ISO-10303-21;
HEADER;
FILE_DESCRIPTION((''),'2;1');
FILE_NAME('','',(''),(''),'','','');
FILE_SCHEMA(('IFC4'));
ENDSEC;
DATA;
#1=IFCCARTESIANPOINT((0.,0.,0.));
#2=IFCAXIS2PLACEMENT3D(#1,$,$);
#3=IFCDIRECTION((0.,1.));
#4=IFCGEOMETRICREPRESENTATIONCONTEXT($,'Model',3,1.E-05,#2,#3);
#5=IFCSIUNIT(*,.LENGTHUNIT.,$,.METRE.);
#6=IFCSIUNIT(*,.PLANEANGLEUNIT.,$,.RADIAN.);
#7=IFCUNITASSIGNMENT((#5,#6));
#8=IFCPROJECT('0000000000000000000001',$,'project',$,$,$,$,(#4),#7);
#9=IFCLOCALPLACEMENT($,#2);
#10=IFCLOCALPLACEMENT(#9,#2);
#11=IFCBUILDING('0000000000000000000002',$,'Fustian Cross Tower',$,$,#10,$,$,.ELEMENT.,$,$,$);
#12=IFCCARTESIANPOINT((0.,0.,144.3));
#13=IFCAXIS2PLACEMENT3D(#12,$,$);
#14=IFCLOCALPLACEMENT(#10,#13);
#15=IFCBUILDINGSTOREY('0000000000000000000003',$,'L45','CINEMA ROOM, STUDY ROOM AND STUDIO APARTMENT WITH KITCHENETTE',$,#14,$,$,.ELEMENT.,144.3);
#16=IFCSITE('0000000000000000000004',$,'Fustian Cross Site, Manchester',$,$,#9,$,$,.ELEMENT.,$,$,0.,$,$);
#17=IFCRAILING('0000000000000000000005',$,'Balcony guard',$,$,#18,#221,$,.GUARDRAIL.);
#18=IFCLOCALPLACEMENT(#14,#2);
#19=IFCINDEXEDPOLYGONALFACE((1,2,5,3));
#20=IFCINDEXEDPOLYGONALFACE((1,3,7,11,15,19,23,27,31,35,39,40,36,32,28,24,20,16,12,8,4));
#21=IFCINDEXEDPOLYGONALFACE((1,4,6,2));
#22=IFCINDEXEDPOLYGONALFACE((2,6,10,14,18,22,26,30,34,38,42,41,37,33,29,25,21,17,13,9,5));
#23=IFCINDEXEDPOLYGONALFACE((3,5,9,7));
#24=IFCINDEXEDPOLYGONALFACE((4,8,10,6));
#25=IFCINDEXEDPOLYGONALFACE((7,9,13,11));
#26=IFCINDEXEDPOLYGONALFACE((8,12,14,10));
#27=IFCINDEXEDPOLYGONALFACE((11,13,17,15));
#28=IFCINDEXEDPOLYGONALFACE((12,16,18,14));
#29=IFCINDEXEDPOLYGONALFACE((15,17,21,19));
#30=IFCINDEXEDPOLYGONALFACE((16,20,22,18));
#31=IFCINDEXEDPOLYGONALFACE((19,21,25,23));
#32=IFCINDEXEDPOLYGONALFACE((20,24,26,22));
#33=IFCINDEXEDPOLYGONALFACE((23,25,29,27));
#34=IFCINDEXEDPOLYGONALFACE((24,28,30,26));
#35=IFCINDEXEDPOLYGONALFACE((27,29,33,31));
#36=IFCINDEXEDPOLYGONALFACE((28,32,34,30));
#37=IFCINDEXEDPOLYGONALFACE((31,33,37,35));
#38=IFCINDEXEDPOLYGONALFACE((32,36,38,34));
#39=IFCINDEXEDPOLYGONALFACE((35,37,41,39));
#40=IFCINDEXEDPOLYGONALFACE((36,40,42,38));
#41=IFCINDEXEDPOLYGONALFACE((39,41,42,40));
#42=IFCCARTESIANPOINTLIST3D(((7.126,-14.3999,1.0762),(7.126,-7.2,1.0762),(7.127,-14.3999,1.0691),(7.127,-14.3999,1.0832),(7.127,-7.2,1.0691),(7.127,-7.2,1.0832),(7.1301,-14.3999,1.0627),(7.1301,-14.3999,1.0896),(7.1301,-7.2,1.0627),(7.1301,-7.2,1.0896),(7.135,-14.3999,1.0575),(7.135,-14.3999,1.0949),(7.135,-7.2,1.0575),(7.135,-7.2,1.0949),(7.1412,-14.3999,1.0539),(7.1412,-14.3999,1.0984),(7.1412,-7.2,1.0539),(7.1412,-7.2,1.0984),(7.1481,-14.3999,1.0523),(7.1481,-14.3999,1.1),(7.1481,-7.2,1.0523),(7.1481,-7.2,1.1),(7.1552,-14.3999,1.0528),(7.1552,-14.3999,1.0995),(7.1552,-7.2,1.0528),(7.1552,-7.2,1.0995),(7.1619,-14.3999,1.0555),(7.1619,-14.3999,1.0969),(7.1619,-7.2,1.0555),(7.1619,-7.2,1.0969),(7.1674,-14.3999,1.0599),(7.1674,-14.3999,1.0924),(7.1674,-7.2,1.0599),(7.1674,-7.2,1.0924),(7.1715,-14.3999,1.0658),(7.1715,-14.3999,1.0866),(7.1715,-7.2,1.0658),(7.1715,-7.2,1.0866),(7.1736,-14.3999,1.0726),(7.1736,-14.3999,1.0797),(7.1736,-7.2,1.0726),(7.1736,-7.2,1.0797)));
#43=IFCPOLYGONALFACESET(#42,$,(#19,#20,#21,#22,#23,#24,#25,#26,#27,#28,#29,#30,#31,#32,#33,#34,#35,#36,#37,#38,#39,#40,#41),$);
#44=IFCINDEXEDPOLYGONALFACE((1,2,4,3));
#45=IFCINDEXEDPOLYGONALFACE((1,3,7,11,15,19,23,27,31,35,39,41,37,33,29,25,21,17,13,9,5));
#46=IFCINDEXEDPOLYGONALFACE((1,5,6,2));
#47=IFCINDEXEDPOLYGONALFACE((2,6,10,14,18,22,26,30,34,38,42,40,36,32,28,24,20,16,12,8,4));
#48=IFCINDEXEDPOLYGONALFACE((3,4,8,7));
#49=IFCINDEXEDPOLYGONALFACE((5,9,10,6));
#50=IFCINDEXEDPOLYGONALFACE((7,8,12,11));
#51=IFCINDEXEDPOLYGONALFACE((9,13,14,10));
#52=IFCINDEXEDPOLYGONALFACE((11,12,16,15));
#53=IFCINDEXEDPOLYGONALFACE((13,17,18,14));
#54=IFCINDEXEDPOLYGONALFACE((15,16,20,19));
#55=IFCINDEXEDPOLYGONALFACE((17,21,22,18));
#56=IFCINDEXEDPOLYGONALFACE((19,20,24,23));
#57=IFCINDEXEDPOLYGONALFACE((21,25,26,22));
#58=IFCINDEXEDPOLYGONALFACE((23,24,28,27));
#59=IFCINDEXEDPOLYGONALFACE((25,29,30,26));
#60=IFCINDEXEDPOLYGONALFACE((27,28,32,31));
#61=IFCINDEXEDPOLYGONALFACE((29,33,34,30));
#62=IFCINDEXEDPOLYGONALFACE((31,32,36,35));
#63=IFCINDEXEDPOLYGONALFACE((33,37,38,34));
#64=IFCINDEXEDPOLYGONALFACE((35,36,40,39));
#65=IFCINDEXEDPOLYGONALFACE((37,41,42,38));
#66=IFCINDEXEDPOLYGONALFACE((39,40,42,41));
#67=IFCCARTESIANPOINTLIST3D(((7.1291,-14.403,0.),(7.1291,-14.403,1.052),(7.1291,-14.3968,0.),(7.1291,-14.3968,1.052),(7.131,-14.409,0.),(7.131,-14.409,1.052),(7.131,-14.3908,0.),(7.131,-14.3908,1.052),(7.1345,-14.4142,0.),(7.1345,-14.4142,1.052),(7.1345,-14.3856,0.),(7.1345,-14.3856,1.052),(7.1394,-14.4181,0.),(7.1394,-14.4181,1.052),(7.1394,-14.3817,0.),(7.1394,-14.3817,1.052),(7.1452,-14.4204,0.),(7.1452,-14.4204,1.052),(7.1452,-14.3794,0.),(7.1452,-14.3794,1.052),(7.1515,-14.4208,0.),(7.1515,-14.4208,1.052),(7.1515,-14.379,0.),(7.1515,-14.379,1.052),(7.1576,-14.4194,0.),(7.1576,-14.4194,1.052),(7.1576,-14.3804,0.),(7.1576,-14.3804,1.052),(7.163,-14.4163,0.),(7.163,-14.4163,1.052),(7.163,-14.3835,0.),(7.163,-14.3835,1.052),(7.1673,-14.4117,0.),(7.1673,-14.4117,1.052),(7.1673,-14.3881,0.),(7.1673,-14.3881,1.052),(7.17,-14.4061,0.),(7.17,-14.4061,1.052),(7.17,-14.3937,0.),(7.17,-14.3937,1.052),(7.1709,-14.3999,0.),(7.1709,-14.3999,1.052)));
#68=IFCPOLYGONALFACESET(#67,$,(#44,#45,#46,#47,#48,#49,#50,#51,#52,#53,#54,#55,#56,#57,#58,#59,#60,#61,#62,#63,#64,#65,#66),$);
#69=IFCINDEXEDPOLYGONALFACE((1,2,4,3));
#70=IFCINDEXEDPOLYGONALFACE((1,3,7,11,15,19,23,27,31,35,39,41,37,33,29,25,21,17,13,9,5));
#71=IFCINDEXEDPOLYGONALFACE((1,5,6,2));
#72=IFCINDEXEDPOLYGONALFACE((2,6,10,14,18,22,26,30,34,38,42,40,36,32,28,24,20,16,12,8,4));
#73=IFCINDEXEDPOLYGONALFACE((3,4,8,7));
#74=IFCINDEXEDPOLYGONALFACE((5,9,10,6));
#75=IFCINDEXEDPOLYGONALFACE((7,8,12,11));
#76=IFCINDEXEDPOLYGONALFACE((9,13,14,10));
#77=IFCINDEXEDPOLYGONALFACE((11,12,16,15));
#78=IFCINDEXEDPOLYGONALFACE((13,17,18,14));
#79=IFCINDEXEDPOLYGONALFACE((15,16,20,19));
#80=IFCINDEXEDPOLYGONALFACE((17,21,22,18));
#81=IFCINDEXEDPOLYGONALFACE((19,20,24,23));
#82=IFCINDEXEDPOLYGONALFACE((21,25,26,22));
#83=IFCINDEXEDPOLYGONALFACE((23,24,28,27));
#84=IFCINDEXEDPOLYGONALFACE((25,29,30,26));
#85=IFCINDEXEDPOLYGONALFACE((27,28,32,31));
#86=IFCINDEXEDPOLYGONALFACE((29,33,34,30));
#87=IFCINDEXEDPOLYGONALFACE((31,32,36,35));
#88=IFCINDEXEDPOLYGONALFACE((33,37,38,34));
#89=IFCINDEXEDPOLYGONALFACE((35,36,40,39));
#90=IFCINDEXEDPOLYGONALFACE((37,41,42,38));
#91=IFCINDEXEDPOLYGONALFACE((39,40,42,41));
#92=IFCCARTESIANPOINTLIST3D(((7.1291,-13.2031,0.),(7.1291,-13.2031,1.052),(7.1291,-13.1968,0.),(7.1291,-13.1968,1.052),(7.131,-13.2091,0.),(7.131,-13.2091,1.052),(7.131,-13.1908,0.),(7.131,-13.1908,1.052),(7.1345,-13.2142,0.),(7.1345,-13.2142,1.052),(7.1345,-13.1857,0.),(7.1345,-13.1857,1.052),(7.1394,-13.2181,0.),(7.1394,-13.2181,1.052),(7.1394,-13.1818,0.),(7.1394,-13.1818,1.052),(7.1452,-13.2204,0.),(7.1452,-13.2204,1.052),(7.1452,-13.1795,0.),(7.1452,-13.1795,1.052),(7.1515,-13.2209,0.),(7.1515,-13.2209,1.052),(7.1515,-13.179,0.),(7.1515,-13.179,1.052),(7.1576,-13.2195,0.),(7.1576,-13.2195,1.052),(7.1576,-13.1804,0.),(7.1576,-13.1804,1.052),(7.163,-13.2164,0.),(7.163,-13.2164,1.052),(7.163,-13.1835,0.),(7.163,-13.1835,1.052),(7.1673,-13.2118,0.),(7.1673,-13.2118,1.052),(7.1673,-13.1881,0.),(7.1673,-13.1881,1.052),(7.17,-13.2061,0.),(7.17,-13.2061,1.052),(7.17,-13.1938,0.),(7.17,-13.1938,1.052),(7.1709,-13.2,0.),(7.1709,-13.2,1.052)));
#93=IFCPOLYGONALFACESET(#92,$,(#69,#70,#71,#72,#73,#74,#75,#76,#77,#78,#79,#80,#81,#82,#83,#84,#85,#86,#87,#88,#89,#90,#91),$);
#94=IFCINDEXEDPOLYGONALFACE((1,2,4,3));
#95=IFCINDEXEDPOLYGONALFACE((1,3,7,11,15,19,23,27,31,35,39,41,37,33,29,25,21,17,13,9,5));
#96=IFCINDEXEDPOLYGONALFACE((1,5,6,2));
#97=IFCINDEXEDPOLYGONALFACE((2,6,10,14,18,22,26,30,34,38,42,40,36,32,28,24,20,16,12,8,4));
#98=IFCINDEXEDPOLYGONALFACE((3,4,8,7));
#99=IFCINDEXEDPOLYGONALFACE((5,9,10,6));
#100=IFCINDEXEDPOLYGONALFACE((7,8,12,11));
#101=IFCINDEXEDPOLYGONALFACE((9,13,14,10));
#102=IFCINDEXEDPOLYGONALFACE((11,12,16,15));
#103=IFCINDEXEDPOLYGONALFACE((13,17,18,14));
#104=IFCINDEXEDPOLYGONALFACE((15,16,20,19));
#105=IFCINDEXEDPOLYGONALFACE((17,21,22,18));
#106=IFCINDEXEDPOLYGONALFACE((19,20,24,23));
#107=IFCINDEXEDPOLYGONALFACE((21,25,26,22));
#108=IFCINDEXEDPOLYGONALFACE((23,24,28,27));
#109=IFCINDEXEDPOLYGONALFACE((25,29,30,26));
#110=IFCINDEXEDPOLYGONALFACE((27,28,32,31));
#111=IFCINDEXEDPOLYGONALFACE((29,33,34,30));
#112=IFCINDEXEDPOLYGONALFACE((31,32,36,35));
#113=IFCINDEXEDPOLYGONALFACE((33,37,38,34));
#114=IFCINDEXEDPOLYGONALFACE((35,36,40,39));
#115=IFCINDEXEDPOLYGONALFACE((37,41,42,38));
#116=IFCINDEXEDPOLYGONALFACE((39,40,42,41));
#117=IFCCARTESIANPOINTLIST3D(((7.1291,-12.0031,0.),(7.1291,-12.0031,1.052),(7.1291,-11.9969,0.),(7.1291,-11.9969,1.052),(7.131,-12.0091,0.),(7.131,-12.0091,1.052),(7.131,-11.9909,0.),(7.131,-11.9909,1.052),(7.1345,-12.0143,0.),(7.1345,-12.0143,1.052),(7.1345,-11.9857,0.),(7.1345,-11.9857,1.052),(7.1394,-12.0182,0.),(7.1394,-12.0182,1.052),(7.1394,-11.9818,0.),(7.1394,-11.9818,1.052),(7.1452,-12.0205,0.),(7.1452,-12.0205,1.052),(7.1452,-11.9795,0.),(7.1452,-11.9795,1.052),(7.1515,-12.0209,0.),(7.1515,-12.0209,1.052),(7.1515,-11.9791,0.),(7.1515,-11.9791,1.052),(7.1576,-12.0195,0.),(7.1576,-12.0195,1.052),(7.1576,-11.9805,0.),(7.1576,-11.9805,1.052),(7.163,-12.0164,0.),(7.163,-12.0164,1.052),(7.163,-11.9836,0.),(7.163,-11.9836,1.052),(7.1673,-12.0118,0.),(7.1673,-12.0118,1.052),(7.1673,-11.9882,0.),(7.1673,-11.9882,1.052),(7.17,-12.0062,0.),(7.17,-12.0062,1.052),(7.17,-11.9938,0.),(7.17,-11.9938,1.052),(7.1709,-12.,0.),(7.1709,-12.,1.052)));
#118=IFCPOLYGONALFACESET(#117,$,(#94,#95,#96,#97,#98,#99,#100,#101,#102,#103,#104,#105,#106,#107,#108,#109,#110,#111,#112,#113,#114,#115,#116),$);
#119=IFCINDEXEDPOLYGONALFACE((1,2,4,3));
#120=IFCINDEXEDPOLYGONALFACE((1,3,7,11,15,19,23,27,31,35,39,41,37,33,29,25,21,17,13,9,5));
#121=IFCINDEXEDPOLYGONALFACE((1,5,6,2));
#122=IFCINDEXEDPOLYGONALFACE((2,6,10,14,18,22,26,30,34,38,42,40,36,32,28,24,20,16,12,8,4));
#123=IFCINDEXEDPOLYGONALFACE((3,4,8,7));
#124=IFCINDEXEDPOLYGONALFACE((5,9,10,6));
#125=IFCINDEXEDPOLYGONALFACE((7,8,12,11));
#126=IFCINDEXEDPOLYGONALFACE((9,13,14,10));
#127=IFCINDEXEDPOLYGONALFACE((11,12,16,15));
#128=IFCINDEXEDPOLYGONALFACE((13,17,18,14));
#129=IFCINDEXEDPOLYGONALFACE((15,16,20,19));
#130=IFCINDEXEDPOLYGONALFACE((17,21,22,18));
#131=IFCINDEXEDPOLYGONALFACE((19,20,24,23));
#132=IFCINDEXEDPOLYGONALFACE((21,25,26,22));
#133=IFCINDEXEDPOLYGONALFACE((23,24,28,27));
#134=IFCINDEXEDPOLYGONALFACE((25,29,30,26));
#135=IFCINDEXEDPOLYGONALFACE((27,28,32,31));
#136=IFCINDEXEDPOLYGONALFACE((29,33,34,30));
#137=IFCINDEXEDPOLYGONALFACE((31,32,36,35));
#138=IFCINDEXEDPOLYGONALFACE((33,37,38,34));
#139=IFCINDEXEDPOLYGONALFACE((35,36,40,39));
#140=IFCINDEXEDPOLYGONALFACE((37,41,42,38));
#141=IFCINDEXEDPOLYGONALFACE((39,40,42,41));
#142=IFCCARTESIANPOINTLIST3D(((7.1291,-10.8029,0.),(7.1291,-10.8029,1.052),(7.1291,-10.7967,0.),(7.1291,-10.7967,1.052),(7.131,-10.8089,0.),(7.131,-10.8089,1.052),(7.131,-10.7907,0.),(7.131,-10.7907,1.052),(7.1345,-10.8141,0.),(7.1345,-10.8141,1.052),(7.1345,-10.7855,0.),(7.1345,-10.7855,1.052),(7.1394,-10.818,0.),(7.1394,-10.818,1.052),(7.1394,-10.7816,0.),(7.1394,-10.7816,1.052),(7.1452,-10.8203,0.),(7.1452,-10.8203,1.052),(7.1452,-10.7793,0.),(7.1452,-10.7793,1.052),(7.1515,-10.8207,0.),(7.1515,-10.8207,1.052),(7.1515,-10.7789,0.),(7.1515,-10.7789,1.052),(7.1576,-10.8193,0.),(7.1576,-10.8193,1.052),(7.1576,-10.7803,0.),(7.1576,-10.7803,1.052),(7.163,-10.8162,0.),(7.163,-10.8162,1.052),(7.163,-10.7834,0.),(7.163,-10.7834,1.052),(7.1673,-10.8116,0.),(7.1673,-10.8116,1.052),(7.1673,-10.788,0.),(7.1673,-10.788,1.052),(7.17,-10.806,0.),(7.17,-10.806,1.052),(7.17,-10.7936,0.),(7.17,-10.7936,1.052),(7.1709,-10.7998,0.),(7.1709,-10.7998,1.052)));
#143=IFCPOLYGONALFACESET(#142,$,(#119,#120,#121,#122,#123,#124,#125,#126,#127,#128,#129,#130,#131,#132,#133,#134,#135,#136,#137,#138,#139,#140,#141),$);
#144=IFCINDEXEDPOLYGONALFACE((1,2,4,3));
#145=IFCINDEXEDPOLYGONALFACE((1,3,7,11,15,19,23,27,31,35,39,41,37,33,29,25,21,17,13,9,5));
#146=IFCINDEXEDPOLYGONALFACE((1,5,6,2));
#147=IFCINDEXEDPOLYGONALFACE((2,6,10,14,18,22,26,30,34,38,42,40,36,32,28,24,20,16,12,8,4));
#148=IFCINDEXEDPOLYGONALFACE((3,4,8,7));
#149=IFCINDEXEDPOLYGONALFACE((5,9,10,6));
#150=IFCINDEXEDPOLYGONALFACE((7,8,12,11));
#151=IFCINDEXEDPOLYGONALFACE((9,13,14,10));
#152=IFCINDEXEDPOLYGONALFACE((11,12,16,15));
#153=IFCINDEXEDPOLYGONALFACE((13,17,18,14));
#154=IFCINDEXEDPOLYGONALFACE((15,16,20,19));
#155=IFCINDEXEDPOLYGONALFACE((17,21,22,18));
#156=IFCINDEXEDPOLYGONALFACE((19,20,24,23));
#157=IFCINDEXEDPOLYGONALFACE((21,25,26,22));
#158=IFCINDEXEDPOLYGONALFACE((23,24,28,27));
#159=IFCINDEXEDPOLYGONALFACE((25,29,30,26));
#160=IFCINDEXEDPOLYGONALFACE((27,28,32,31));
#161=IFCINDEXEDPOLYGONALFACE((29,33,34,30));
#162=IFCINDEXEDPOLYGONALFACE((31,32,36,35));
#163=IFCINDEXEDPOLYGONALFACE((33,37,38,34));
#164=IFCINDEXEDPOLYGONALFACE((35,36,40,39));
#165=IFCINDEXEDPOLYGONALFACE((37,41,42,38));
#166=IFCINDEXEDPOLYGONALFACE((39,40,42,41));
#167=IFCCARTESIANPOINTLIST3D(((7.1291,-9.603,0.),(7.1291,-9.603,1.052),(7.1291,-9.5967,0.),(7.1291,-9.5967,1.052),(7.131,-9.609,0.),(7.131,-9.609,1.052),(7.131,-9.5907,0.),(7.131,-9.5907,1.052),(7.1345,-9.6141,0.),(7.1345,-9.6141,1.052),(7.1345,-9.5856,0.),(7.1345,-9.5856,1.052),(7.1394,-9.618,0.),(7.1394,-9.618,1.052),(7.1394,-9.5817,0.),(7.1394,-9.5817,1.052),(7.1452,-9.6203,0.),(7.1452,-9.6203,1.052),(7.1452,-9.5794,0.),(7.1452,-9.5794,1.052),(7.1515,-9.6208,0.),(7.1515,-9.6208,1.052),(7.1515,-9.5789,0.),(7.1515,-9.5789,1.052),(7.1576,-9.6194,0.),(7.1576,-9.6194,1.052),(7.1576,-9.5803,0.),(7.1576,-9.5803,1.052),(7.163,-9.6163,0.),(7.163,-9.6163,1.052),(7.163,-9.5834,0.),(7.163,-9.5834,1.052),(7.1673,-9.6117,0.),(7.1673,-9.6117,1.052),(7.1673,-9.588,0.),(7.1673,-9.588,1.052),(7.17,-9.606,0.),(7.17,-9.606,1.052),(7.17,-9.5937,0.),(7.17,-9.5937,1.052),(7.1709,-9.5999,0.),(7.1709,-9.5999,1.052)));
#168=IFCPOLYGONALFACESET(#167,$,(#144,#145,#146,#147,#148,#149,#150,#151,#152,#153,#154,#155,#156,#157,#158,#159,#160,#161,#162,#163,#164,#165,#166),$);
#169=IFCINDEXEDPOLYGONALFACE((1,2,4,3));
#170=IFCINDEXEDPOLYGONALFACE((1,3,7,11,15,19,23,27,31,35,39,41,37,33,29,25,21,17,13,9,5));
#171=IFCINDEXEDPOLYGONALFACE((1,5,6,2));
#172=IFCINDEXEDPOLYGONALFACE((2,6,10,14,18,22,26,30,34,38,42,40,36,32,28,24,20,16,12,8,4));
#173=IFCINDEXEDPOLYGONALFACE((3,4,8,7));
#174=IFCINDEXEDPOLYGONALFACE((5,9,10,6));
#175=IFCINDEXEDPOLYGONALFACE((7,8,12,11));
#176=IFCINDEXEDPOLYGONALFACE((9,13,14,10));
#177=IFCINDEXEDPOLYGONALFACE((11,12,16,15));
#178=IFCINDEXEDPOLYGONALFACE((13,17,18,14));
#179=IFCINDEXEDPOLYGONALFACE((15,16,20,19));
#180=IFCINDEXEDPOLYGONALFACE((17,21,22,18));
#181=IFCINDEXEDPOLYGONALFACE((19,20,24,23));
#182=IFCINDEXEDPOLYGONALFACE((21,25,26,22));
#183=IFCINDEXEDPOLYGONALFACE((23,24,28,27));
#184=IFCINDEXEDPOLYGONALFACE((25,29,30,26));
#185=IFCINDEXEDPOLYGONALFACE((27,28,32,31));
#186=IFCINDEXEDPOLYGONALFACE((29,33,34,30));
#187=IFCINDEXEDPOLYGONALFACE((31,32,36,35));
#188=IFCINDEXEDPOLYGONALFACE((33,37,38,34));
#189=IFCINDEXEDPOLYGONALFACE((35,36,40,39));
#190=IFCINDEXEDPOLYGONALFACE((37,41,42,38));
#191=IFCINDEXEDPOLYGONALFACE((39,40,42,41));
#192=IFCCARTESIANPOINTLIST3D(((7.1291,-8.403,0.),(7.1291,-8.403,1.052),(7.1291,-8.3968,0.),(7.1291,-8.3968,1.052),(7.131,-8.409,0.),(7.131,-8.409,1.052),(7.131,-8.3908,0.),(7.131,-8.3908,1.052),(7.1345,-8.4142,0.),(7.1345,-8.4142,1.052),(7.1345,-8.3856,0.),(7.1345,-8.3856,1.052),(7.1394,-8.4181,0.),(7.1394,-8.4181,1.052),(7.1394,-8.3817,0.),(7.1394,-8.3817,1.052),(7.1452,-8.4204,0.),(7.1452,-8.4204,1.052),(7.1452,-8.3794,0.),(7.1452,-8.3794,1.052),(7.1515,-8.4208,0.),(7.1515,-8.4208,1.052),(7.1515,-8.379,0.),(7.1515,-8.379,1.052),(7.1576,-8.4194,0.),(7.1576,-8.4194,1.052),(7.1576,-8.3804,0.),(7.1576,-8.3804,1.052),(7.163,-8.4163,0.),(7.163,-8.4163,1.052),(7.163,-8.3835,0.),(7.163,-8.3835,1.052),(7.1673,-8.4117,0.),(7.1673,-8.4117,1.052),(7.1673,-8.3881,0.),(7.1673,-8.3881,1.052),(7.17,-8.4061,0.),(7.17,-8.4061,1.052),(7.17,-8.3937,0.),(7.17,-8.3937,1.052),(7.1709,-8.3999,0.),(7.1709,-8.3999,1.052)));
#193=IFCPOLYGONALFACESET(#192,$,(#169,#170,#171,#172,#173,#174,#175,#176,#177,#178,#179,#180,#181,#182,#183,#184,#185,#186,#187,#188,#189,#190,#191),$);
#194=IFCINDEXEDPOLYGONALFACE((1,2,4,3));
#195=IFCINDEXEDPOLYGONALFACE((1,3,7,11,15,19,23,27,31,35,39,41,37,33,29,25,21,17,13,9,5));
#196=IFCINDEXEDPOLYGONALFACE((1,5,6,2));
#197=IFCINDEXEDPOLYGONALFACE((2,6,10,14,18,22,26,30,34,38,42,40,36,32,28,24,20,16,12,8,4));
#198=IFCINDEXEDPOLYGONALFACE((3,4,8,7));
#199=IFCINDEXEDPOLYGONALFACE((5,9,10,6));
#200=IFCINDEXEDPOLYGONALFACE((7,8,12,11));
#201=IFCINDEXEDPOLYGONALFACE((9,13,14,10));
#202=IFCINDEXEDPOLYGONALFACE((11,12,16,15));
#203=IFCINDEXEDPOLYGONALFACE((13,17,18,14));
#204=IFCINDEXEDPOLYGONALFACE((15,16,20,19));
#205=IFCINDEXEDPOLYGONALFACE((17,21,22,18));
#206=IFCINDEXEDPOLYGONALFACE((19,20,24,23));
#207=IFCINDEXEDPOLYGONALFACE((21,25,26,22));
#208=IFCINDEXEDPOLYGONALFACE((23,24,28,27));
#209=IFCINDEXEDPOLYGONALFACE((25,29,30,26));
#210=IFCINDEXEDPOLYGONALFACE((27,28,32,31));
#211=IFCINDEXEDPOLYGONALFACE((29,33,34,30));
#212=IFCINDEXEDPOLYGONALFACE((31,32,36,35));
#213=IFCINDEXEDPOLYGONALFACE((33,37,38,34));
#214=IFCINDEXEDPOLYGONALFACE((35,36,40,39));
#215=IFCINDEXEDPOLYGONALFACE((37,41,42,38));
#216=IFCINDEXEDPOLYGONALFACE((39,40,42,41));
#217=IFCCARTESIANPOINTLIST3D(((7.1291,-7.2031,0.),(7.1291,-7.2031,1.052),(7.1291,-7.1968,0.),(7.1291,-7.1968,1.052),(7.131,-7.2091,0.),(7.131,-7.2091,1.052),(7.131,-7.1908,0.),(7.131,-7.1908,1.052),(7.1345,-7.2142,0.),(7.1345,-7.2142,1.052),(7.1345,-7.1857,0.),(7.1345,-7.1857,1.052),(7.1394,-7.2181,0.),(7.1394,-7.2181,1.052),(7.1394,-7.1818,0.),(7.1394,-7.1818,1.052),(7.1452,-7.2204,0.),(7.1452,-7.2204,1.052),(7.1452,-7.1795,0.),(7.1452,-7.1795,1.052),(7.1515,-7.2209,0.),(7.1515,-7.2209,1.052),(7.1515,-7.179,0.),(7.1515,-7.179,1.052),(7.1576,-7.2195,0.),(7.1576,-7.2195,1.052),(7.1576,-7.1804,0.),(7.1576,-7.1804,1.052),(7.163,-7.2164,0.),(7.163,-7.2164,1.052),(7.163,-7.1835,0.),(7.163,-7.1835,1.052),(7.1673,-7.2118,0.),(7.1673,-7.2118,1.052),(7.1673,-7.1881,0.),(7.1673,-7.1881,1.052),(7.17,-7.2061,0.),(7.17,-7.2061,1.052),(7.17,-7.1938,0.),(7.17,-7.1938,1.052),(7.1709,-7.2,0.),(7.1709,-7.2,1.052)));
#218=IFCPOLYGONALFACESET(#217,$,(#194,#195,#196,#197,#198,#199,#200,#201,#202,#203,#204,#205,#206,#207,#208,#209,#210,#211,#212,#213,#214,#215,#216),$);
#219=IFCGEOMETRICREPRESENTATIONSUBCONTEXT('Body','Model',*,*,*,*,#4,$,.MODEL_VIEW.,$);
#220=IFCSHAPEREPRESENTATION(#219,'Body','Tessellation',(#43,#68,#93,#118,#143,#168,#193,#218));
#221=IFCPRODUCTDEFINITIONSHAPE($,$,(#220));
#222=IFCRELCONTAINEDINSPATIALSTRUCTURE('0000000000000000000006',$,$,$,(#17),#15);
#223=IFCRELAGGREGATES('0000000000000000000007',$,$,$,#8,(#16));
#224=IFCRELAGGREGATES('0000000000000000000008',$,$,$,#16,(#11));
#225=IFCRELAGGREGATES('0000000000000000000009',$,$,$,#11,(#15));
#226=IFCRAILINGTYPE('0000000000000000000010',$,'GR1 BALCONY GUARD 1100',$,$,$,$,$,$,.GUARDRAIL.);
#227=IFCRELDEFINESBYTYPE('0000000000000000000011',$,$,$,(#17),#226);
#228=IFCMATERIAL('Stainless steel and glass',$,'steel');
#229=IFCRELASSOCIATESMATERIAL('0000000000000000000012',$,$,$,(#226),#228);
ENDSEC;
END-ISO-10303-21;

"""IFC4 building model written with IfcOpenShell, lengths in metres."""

from ifc_helpers import new_model, si_unit, direction, frame, origin, origin_2d, place, context, subcontext, project, spatial, circle, extrude, material, type_object, element, save


model = new_model("IFC4")

# Units and contexts
model_context = context("Model", 3, precision=1e-05, world=origin(), true_north=direction((0.0, 1.0)))
body_context = subcontext(model_context, "Body", "Model", "MODEL_VIEW")
ifc_project = project(units=[si_unit("LENGTHUNIT", "METRE"), si_unit("PLANEANGLEUNIT", "RADIAN")], contexts=[model_context])

# Site, building, storey
site_placement = place(None, origin())
site = spatial("IfcSite", under=ifc_project, at=site_placement, Name="Fustian Cross Site, Manchester", CompositionType="ELEMENT", RefElevation=0.0)
building_placement = place(site_placement, origin())
building = spatial("IfcBuilding", under=site, at=building_placement, Name="Fustian Cross Tower", CompositionType="ELEMENT")
storey_placement = place(building_placement, frame((0.0, 0.0, 144.3)))
storey = spatial("IfcBuildingStorey", under=building, at=storey_placement, Name="L45", Description="CINEMA ROOM, STUDY ROOM AND STUDIO APARTMENT WITH KITCHENETTE", CompositionType="ELEMENT", Elevation=144.3)

# Railing
ifc_material_1 = material(Name="Stainless steel and glass", Category="steel")
railing_type = type_object("IfcRailingType", Name="GR1 BALCONY GUARD 1100", PredefinedType="GUARDRAIL", material=ifc_material_1)
railing_placement = place(storey_placement, frame((7.1499, -14.3999, 0.0)))
element("IfcRailing", 1, at=railing_placement, inside=storey, type_object=railing_type, Name="Balcony guard", PredefinedType="GUARDRAIL", context=body_context, shape_type="SweptSolid", body=[
    extrude(circle(Radius=0.0239, at=origin_2d()), frame((0.0, 0.0, 1.0762), z_axis=(0.0, 1.0, 0.0), x_axis=(-1.0, 0.0, 0.0)), (0.0, 0.0, 1.0), 7.2),
    extrude(circle(Radius=0.021, at=origin_2d()), origin(), (0.0, 0.0, 1.0), 1.052),
    extrude(circle(Radius=0.021, at=origin_2d()), frame((0.0, 1.2, 0.0)), (0.0, 0.0, 1.0), 1.052),
    extrude(circle(Radius=0.021, at=origin_2d()), frame((0.0, 2.3999, 0.0)), (0.0, 0.0, 1.0), 1.052),
    extrude(circle(Radius=0.021, at=origin_2d()), frame((0.0, 3.6001, 0.0)), (0.0, 0.0, 1.0), 1.052),
    extrude(circle(Radius=0.021, at=origin_2d()), frame((0.0, 4.8, 0.0)), (0.0, 0.0, 1.0), 1.052),
    extrude(circle(Radius=0.021, at=origin_2d()), frame((0.0, 6.0, 0.0)), (0.0, 0.0, 1.0), 1.052),
    extrude(circle(Radius=0.021, at=origin_2d()), frame((0.0, 7.2, 0.0)), (0.0, 0.0, 1.0), 1.052),
])

save(model, "model.ifc")
